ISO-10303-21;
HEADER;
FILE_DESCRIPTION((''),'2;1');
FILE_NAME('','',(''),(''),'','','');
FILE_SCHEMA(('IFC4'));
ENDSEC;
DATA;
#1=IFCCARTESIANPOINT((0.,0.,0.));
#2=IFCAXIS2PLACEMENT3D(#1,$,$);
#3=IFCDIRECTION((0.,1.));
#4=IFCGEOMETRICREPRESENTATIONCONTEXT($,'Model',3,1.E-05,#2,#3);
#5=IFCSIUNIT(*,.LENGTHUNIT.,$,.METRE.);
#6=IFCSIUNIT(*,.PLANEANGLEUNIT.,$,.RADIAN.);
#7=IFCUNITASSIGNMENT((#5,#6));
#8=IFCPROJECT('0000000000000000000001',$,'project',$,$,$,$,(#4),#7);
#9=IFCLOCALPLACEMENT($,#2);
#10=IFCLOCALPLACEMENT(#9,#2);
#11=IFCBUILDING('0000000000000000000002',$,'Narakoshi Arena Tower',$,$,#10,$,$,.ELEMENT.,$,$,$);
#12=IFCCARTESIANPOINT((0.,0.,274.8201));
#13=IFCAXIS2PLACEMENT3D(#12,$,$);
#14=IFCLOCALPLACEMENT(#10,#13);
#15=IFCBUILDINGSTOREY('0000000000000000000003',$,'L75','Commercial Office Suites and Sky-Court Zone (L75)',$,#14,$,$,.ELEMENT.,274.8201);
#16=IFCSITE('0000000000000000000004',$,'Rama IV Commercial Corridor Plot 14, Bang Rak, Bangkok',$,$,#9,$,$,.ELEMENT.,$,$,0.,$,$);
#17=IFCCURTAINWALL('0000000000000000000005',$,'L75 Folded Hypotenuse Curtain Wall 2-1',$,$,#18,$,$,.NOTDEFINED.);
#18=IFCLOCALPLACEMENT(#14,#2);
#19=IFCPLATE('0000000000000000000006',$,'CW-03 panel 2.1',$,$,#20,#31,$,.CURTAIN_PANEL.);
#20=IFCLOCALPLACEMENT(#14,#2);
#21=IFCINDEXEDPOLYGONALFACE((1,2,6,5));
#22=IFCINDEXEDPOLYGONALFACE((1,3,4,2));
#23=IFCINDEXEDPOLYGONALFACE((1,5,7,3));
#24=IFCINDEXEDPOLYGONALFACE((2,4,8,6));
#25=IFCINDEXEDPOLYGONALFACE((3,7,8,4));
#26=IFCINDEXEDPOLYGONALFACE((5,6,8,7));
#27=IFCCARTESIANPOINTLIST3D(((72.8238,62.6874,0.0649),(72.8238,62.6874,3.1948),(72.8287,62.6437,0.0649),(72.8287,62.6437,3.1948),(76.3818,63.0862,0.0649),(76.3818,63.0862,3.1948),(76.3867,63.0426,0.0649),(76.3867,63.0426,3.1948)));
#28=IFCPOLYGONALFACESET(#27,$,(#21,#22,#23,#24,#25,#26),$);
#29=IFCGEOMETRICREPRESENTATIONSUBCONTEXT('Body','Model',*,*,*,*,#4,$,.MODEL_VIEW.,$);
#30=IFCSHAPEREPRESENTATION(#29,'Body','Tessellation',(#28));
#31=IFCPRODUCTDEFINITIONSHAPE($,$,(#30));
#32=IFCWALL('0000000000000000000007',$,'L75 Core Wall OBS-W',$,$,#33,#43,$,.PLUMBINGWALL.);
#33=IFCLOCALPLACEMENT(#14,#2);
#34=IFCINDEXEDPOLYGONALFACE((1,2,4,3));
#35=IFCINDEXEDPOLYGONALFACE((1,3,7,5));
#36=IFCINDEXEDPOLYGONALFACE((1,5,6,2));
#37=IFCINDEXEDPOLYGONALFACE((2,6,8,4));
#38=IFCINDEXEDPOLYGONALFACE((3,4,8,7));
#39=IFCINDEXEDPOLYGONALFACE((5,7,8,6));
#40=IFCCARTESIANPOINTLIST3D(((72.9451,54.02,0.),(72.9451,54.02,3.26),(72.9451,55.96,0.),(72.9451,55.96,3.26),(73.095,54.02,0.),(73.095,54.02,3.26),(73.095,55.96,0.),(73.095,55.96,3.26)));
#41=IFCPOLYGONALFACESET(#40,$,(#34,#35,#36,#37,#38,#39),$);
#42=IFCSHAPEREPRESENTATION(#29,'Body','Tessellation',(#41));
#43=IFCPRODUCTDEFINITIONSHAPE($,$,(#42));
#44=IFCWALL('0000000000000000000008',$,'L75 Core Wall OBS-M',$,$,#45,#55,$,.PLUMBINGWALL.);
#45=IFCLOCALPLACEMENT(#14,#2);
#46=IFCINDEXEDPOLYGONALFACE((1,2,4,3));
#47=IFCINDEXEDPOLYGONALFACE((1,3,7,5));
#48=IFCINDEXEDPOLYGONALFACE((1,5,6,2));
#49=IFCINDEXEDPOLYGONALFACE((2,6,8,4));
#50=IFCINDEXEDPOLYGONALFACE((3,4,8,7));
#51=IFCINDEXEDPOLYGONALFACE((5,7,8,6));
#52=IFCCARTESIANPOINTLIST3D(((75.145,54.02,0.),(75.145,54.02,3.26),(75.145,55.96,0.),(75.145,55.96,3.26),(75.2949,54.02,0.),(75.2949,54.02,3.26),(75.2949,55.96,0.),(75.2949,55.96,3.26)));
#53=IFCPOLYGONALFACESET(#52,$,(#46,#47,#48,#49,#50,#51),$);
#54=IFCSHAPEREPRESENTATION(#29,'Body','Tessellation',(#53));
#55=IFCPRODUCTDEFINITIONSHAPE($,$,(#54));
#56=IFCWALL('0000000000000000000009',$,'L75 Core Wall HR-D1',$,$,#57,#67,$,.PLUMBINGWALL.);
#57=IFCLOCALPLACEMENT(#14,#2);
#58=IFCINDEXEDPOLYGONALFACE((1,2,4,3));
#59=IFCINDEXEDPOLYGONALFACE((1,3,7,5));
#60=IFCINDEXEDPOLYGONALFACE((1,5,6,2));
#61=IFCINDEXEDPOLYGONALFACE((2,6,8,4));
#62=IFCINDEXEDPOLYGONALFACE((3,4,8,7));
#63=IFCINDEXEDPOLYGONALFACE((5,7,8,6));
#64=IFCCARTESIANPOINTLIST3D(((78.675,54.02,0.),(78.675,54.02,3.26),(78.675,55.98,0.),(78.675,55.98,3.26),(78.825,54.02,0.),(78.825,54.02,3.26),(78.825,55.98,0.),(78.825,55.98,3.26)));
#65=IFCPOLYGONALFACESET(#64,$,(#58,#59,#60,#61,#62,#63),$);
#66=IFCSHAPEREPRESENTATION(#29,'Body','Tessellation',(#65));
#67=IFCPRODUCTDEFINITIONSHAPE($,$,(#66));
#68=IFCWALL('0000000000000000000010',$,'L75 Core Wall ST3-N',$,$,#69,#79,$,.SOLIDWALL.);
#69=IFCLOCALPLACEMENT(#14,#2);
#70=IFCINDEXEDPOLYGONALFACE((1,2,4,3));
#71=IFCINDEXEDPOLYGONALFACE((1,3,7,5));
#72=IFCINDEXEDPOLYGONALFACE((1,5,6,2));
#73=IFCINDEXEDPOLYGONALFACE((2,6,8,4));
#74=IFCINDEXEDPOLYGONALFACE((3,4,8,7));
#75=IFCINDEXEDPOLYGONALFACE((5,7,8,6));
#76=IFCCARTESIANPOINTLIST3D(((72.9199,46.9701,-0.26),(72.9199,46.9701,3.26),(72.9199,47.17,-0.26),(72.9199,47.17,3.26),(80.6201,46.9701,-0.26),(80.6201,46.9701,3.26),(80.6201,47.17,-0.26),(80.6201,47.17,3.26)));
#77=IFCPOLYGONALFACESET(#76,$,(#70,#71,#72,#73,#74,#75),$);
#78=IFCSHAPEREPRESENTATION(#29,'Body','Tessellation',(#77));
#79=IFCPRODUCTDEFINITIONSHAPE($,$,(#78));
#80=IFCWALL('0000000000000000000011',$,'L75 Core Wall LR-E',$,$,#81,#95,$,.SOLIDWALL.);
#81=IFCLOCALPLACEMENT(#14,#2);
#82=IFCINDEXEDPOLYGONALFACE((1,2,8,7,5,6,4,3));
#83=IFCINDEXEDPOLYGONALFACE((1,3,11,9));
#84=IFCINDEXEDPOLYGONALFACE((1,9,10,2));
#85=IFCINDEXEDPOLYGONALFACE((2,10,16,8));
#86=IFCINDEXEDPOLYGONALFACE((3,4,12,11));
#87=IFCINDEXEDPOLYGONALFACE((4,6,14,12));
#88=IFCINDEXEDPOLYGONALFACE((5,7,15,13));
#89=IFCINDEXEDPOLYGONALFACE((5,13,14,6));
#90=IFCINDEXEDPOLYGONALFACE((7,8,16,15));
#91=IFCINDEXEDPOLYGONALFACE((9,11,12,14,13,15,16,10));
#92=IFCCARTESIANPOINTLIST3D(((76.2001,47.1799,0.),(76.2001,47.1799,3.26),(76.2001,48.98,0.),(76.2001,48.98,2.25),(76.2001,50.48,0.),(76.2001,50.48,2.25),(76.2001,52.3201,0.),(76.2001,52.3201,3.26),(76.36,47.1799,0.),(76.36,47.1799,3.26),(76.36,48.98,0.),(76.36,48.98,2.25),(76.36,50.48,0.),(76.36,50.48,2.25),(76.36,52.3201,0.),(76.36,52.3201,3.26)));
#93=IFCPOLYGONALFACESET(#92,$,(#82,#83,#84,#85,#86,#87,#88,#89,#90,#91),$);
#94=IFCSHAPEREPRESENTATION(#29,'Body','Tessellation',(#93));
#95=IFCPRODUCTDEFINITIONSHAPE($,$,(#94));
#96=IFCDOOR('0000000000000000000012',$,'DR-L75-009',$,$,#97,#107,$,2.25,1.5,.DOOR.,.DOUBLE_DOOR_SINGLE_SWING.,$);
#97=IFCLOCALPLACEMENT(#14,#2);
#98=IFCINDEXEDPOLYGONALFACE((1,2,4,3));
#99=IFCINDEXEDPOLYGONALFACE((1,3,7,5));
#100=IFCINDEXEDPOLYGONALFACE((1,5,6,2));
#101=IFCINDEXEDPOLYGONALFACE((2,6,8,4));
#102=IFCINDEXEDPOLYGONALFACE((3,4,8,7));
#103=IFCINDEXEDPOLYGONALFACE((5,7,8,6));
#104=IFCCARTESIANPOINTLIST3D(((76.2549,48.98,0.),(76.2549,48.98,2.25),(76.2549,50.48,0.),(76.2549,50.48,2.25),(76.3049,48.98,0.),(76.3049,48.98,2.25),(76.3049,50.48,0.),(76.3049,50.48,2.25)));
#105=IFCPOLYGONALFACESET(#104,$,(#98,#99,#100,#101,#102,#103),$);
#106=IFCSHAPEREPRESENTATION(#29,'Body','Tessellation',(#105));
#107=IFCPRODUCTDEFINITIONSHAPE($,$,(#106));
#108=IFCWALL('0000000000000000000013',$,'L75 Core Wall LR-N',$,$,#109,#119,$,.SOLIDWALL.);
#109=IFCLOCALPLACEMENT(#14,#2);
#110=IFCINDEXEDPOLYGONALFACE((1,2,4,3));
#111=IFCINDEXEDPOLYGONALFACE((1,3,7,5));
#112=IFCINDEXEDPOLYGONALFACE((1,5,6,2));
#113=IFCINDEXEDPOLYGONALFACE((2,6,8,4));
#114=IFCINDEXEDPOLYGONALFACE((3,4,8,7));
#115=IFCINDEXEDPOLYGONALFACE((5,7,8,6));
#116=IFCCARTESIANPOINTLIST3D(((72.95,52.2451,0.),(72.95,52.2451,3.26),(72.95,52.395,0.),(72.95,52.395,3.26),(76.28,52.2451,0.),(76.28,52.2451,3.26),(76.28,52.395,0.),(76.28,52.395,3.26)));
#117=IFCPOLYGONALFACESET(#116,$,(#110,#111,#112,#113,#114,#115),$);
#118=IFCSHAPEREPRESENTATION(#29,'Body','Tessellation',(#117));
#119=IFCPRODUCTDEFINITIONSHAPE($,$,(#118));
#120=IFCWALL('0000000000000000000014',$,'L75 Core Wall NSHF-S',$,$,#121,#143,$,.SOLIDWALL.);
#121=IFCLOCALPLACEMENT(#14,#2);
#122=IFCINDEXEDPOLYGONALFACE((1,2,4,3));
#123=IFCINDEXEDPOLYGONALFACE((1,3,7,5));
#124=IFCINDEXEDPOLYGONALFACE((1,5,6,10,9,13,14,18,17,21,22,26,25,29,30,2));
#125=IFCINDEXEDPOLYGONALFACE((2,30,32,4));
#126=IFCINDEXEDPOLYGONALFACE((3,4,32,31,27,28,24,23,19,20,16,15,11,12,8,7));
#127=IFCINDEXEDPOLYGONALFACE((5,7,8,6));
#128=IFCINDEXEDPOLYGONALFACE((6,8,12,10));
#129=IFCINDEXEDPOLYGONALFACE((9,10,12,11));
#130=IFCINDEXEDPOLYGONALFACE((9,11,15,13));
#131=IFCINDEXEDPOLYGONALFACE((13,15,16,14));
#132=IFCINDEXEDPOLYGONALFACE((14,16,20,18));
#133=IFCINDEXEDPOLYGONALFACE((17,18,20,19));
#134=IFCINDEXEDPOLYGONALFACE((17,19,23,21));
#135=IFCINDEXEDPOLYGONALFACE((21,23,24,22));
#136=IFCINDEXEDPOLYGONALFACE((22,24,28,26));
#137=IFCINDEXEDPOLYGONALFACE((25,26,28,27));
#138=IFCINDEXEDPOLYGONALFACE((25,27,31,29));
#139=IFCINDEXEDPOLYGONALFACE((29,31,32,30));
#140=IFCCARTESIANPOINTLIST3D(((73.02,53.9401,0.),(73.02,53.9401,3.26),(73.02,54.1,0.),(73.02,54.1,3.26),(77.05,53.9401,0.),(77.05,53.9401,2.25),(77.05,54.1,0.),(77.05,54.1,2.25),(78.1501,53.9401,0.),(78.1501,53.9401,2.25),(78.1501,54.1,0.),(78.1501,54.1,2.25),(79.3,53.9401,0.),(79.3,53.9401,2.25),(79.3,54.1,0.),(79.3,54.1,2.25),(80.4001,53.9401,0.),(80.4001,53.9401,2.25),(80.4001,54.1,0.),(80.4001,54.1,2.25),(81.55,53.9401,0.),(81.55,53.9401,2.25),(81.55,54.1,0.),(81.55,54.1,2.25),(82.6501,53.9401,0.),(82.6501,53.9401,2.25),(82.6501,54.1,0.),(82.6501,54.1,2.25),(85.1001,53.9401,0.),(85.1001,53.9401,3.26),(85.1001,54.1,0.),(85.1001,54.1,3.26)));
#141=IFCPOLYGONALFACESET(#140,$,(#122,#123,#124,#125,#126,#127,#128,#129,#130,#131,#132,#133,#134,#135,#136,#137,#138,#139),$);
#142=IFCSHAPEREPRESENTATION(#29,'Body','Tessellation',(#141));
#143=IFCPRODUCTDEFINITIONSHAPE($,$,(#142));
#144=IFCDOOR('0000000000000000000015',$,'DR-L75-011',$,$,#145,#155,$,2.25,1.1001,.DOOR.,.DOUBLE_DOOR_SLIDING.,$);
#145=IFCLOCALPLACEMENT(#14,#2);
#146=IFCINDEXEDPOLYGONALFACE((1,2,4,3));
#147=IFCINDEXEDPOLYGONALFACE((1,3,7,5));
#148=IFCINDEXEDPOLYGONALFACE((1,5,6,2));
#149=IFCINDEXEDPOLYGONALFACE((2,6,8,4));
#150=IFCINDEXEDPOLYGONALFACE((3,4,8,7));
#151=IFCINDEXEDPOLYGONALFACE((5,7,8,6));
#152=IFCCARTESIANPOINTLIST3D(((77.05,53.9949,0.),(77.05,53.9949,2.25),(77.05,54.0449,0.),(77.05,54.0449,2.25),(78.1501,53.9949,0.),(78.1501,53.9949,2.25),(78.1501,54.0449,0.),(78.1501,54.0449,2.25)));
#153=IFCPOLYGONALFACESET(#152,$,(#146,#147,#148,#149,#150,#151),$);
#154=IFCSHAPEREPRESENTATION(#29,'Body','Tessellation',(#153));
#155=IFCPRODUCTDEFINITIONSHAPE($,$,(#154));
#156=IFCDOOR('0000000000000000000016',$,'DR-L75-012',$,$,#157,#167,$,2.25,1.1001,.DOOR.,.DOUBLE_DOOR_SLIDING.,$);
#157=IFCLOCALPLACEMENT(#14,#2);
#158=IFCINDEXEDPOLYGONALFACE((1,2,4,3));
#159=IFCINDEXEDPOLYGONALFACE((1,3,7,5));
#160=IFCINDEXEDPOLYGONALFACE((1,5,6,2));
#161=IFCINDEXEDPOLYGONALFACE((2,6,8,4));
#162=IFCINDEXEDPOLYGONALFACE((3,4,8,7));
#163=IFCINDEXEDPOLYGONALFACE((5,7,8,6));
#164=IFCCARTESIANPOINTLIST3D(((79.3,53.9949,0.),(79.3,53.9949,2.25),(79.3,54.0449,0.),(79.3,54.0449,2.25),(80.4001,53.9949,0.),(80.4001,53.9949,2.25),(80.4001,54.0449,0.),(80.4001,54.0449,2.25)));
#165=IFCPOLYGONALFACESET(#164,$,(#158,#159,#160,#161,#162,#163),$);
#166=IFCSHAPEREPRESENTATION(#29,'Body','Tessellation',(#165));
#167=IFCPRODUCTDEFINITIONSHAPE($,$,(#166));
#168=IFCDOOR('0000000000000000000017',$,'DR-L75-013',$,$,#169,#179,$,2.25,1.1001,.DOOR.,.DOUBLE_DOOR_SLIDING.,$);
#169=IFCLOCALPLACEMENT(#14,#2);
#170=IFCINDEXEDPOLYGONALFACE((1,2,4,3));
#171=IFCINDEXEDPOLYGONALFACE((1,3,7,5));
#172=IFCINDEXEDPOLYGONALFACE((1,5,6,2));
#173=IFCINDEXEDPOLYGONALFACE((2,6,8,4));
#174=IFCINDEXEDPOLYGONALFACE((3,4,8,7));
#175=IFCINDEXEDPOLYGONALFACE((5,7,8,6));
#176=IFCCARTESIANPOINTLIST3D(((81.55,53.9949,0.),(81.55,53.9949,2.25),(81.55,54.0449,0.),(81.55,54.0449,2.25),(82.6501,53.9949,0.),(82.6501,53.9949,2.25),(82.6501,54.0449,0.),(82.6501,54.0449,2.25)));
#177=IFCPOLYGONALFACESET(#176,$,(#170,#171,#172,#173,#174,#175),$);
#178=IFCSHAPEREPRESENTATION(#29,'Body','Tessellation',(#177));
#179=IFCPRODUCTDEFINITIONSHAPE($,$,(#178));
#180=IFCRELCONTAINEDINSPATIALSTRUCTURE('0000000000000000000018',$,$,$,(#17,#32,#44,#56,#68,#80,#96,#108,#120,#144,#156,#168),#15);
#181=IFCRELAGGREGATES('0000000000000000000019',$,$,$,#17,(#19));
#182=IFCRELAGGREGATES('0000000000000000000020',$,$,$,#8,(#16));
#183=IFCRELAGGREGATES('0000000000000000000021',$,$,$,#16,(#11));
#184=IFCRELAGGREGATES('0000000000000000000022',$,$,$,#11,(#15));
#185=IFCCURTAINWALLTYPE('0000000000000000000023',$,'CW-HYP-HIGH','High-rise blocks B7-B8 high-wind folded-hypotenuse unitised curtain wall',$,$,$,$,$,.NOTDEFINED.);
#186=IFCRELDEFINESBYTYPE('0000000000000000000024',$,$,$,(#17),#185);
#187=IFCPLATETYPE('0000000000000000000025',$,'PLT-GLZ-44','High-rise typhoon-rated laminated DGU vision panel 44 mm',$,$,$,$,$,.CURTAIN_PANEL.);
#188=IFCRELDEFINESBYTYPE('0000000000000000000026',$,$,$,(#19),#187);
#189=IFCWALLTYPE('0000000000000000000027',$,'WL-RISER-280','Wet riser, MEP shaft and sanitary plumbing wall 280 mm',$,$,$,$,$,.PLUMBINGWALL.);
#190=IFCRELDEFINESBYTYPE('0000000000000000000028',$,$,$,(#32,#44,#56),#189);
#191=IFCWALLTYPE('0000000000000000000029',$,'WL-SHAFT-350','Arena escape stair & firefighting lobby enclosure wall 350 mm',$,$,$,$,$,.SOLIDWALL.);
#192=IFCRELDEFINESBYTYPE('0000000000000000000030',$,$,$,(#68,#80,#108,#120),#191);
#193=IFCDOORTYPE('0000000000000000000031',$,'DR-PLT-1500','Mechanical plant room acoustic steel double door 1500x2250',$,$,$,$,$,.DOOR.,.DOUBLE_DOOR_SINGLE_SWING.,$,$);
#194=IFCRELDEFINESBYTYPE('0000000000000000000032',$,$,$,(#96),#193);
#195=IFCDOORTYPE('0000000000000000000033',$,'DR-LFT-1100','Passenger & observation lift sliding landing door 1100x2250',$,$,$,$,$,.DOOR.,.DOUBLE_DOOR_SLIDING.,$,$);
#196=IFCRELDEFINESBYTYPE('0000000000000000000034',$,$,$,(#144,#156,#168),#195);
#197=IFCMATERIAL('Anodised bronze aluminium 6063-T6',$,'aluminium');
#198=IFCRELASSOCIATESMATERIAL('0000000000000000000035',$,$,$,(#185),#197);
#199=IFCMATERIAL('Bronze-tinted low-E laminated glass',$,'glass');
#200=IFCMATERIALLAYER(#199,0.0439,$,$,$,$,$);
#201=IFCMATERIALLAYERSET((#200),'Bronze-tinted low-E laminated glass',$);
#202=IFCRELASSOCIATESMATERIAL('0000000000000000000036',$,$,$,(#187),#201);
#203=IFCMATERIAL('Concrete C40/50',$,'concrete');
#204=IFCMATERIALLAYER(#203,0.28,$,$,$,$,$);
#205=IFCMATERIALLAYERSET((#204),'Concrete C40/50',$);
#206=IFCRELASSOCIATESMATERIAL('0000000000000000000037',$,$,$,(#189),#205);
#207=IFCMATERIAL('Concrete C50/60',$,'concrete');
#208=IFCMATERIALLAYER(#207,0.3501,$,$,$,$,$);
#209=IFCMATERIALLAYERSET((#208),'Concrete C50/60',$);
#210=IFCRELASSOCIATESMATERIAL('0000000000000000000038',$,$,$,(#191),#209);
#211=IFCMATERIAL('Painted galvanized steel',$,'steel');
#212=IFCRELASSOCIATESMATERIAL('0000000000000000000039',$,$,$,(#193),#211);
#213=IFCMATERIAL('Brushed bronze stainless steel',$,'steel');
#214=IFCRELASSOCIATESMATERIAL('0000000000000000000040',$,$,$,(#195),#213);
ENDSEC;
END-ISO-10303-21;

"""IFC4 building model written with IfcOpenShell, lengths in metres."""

from ifc_helpers import new_model, si_unit, direction, frame, frame_2d, origin, origin_2d, place, context, subcontext, project, spatial, rectangle, extrude, material, layer, layer_set, type_object, element, fill, aggregate, save


model = new_model("IFC4")

# Units and contexts
model_context = context("Model", 3, precision=1e-05, world=origin(), true_north=direction((0.0, 1.0)))
body_context = subcontext(model_context, "Body", "Model", "MODEL_VIEW")
ifc_project = project(units=[si_unit("LENGTHUNIT", "METRE"), si_unit("PLANEANGLEUNIT", "RADIAN")], contexts=[model_context])

# Site, building, storey
site_placement = place(None, origin())
site = spatial("IfcSite", under=ifc_project, at=site_placement, Name="Rama IV Commercial Corridor Plot 14, Bang Rak, Bangkok", CompositionType="ELEMENT", RefElevation=0.0)
building_placement = place(site_placement, origin())
building = spatial("IfcBuilding", under=site, at=building_placement, Name="Narakoshi Arena Tower", CompositionType="ELEMENT")
storey_placement = place(building_placement, frame((0.0, 0.0, 274.8201)))
storey = spatial("IfcBuildingStorey", under=building, at=storey_placement, Name="L75", Description="Commercial Office Suites and Sky-Court Zone (L75)", CompositionType="ELEMENT", Elevation=274.8201)

# Curtain wall, plate
ifc_material_1 = material(Name="Anodised bronze aluminium 6063-T6", Category="aluminium")
curtain_wall_type = type_object("IfcCurtainWallType", Name="CW-HYP-HIGH", Description="High-rise blocks B7-B8 high-wind folded-hypotenuse unitised curtain wall", PredefinedType="NOTDEFINED", material=ifc_material_1)
curtain_wall_placement = place(storey_placement, origin())
curtain_wall = element("IfcCurtainWall", 1, at=curtain_wall_placement, inside=storey, type_object=curtain_wall_type, Name="L75 Folded Hypotenuse Curtain Wall 2-1", PredefinedType="NOTDEFINED")
ifc_material_2 = material(Name="Bronze-tinted low-E laminated glass", Category="glass")
ifc_layer_1 = layer(ifc_material_2, 0.0439)
ifc_layer_set_1 = layer_set([ifc_layer_1], Name="Bronze-tinted low-E laminated glass")
plate_type = type_object("IfcPlateType", Name="PLT-GLZ-44", Description="High-rise typhoon-rated laminated DGU vision panel 44 mm", PredefinedType="CURTAIN_PANEL", material=ifc_layer_set_1)
plate_1_placement = place(storey_placement, frame((74.6052, 62.865, 0.0649), z_axis=(0.0, 0.0, 1.0), x_axis=(-0.993776, -0.111396, 0.0)))
plate_1 = element("IfcPlate", 2, at=plate_1_placement, type_object=plate_type, Name="CW-03 panel 2.1", PredefinedType="CURTAIN_PANEL", context=body_context, shape_type="SweptSolid", body=[
    extrude(rectangle(XDim=3.5803, YDim=0.0439, at=origin_2d()), origin(), (0.0, 0.0, 1.0), 3.1299),
])
aggregate(curtain_wall, [plate_1])

# Walls
ifc_material_3 = material(Name="Concrete C40/50", Category="concrete")
ifc_layer_2 = layer(ifc_material_3, 0.28)
ifc_layer_set_2 = layer_set([ifc_layer_2], Name="Concrete C40/50")
wall_type_1 = type_object("IfcWallType", Name="WL-RISER-280", Description="Wet riser, MEP shaft and sanitary plumbing wall 280 mm", PredefinedType="PLUMBINGWALL", material=ifc_layer_set_2)
for number, where, z_axis, x_axis, name in (
    (3, (73.02, 54.02, 0.0), (0.0, 0.0, 1.0), (0.0, 1.0, 0.0), "L75 Core Wall OBS-W"),
    (4, (75.22, 54.02, 0.0), (0.0, 0.0, 1.0), (0.0, 1.0, 0.0), "L75 Core Wall OBS-M"),
):
    element("IfcWall", number, at=place(storey_placement, frame(where, z_axis=z_axis, x_axis=x_axis)), inside=storey, type_object=wall_type_1, Name=name, PredefinedType="PLUMBINGWALL", context=body_context, shape_type="SweptSolid", body=[
        extrude(rectangle(XDim=1.9399, YDim=0.1499, at=frame_2d((0.97, 0.0))), origin(), (0.0, 0.0, 1.0), 3.26),
    ])
wall_1_placement = place(storey_placement, frame((78.75, 54.02, 0.0), z_axis=(0.0, 0.0, 1.0), x_axis=(0.0, 1.0, 0.0)))
element("IfcWall", 5, at=wall_1_placement, inside=storey, type_object=wall_type_1, Name="L75 Core Wall HR-D1", PredefinedType="PLUMBINGWALL", context=body_context, shape_type="SweptSolid", body=[
    extrude(rectangle(XDim=1.96, YDim=0.1499, at=frame_2d((0.98, 0.0))), origin(), (0.0, 0.0, 1.0), 3.26),
])
ifc_material_4 = material(Name="Concrete C50/60", Category="concrete")
ifc_layer_3 = layer(ifc_material_4, 0.3501)
ifc_layer_set_3 = layer_set([ifc_layer_3], Name="Concrete C50/60")
wall_type_2 = type_object("IfcWallType", Name="WL-SHAFT-350", Description="Arena escape stair & firefighting lobby enclosure wall 350 mm", PredefinedType="SOLIDWALL", material=ifc_layer_set_3)
wall_2_placement = place(storey_placement, frame((72.9199, 47.0701, -0.26), z_axis=(0.0, 0.0, 1.0), x_axis=(1.0, 0.0, 0.0)))
element("IfcWall", 6, at=wall_2_placement, inside=storey, type_object=wall_type_2, Name="L75 Core Wall ST3-N", PredefinedType="SOLIDWALL", context=body_context, shape_type="SweptSolid", body=[
    extrude(rectangle(XDim=7.7002, YDim=0.2, at=frame_2d((3.8501, 0.0))), origin(), (0.0, 0.0, 1.0), 3.52),
])

# Wall, opening, door
wall_3_placement = place(storey_placement, frame((76.28, 47.1799, 0.0), z_axis=(0.0, 0.0, 1.0), x_axis=(0.0, 1.0, 0.0)))
wall_3 = element("IfcWall", 7, at=wall_3_placement, inside=storey, type_object=wall_type_2, Name="L75 Core Wall LR-E", PredefinedType="SOLIDWALL", context=body_context, shape_type="SweptSolid", body=[
    extrude(rectangle(XDim=5.1401, YDim=0.1599, at=frame_2d((2.5701, 0.0))), origin(), (0.0, 0.0, 1.0), 3.26),
])
opening_1_placement = place(wall_3_placement, frame((1.8, 0.0, 0.0)))
opening_1 = element("IfcOpeningElement", 8, at=opening_1_placement, cuts=wall_3, PredefinedType="OPENING", context=body_context, shape_type="SweptSolid", body=[
    extrude(rectangle(XDim=1.5, YDim=2.25, at=frame_2d((0.75, 1.125))), frame((0.0, 0.0898, 0.0), z_axis=(0.0, -1.0, 0.0), x_axis=(1.0, 0.0, 0.0)), (0.0, 0.0, 1.0), 0.1799),
])
ifc_material_5 = material(Name="Painted galvanized steel", Category="steel")
door_type_1 = type_object("IfcDoorType", Name="DR-PLT-1500", Description="Mechanical plant room acoustic steel double door 1500x2250", OperationType="DOUBLE_DOOR_SINGLE_SWING", PredefinedType="DOOR", material=ifc_material_5)
door_1_placement = place(opening_1_placement, frame((1.5, 0.0, 0.0), z_axis=(0.0, 0.0, 1.0), x_axis=(-1.0, 0.0, 0.0)))
door_1 = element("IfcDoor", 9, at=door_1_placement, inside=storey, type_object=door_type_1, Name="DR-L75-009", OperationType="DOUBLE_DOOR_SINGLE_SWING", OverallHeight=2.25, OverallWidth=1.5, PredefinedType="DOOR", context=body_context, shape_type="SweptSolid", body=[
    extrude(rectangle(XDim=1.5, YDim=2.25, at=frame_2d((0.75, 1.125))), frame((0.0, 0.0249, 0.0), z_axis=(0.0, -1.0, 0.0), x_axis=(1.0, 0.0, 0.0)), (0.0, 0.0, 1.0), 0.05),
])
fill(opening_1, door_1)

# Wall
wall_4_placement = place(storey_placement, frame((72.95, 52.3201, 0.0), z_axis=(0.0, 0.0, 1.0), x_axis=(1.0, 0.0, 0.0)))
element("IfcWall", 10, at=wall_4_placement, inside=storey, type_object=wall_type_2, Name="L75 Core Wall LR-N", PredefinedType="SOLIDWALL", context=body_context, shape_type="SweptSolid", body=[
    extrude(rectangle(XDim=3.3301, YDim=0.1499, at=frame_2d((1.665, 0.0))), origin(), (0.0, 0.0, 1.0), 3.26),
])

# Wall, openings, doors
wall_5_placement = place(storey_placement, frame((73.02, 54.02, 0.0), z_axis=(0.0, 0.0, 1.0), x_axis=(1.0, 0.0, 0.0)))
wall_5 = element("IfcWall", 11, at=wall_5_placement, inside=storey, type_object=wall_type_2, Name="L75 Core Wall NSHF-S", PredefinedType="SOLIDWALL", context=body_context, shape_type="SweptSolid", body=[
    extrude(rectangle(XDim=12.0801, YDim=0.1599, at=frame_2d((6.04, 0.0))), origin(), (0.0, 0.0, 1.0), 3.26),
])
opening_2_placement = place(wall_5_placement, frame((4.03, 0.0, 0.0)))
opening_2 = element("IfcOpeningElement", 12, at=opening_2_placement, cuts=wall_5, PredefinedType="OPENING", context=body_context, shape_type="SweptSolid", body=[
    extrude(rectangle(XDim=1.1001, YDim=2.25, at=frame_2d((0.55, 1.125))), frame((0.0, 0.0898, 0.0), z_axis=(0.0, -1.0, 0.0), x_axis=(1.0, 0.0, 0.0)), (0.0, 0.0, 1.0), 0.1799),
])
opening_3_placement = place(wall_5_placement, frame((6.28, 0.0, 0.0)))
opening_3 = element("IfcOpeningElement", 13, at=opening_3_placement, cuts=wall_5, PredefinedType="OPENING", context=body_context, shape_type="SweptSolid", body=[
    extrude(rectangle(XDim=1.1001, YDim=2.25, at=frame_2d((0.55, 1.125))), frame((0.0, 0.0898, 0.0), z_axis=(0.0, -1.0, 0.0), x_axis=(1.0, 0.0, 0.0)), (0.0, 0.0, 1.0), 0.1799),
])
opening_4_placement = place(wall_5_placement, frame((8.53, 0.0, 0.0)))
opening_4 = element("IfcOpeningElement", 14, at=opening_4_placement, cuts=wall_5, PredefinedType="OPENING", context=body_context, shape_type="SweptSolid", body=[
    extrude(rectangle(XDim=1.1001, YDim=2.25, at=frame_2d((0.55, 1.125))), frame((0.0, 0.0898, 0.0), z_axis=(0.0, -1.0, 0.0), x_axis=(1.0, 0.0, 0.0)), (0.0, 0.0, 1.0), 0.1799),
])
ifc_material_6 = material(Name="Brushed bronze stainless steel", Category="steel")
door_type_2 = type_object("IfcDoorType", Name="DR-LFT-1100", Description="Passenger & observation lift sliding landing door 1100x2250", OperationType="DOUBLE_DOOR_SLIDING", PredefinedType="DOOR", material=ifc_material_6)
door_2_placement = place(opening_2_placement, origin())
door_2 = element("IfcDoor", 15, at=door_2_placement, inside=storey, type_object=door_type_2, Name="DR-L75-011", OperationType="DOUBLE_DOOR_SLIDING", OverallHeight=2.25, OverallWidth=1.1001, PredefinedType="DOOR", context=body_context, shape_type="SweptSolid", body=[
    extrude(rectangle(XDim=1.1001, YDim=2.25, at=frame_2d((0.55, 1.125))), frame((0.0, 0.0249, 0.0), z_axis=(0.0, -1.0, 0.0), x_axis=(1.0, 0.0, 0.0)), (0.0, 0.0, 1.0), 0.05),
])
fill(opening_2, door_2)
door_3_placement = place(opening_3_placement, origin())
door_3 = element("IfcDoor", 16, at=door_3_placement, inside=storey, type_object=door_type_2, Name="DR-L75-012", OperationType="DOUBLE_DOOR_SLIDING", OverallHeight=2.25, OverallWidth=1.1001, PredefinedType="DOOR", context=body_context, shape_type="SweptSolid", body=[
    extrude(rectangle(XDim=1.1001, YDim=2.25, at=frame_2d((0.55, 1.125))), frame((0.0, 0.0249, 0.0), z_axis=(0.0, -1.0, 0.0), x_axis=(1.0, 0.0, 0.0)), (0.0, 0.0, 1.0), 0.05),
])
fill(opening_3, door_3)
door_4_placement = place(opening_4_placement, origin())
door_4 = element("IfcDoor", 17, at=door_4_placement, inside=storey, type_object=door_type_2, Name="DR-L75-013", OperationType="DOUBLE_DOOR_SLIDING", OverallHeight=2.25, OverallWidth=1.1001, PredefinedType="DOOR", context=body_context, shape_type="SweptSolid", body=[
    extrude(rectangle(XDim=1.1001, YDim=2.25, at=frame_2d((0.55, 1.125))), frame((0.0, 0.0249, 0.0), z_axis=(0.0, -1.0, 0.0), x_axis=(1.0, 0.0, 0.0)), (0.0, 0.0, 1.0), 0.05),
])
fill(opening_4, door_4)

save(model, "model.ifc")
